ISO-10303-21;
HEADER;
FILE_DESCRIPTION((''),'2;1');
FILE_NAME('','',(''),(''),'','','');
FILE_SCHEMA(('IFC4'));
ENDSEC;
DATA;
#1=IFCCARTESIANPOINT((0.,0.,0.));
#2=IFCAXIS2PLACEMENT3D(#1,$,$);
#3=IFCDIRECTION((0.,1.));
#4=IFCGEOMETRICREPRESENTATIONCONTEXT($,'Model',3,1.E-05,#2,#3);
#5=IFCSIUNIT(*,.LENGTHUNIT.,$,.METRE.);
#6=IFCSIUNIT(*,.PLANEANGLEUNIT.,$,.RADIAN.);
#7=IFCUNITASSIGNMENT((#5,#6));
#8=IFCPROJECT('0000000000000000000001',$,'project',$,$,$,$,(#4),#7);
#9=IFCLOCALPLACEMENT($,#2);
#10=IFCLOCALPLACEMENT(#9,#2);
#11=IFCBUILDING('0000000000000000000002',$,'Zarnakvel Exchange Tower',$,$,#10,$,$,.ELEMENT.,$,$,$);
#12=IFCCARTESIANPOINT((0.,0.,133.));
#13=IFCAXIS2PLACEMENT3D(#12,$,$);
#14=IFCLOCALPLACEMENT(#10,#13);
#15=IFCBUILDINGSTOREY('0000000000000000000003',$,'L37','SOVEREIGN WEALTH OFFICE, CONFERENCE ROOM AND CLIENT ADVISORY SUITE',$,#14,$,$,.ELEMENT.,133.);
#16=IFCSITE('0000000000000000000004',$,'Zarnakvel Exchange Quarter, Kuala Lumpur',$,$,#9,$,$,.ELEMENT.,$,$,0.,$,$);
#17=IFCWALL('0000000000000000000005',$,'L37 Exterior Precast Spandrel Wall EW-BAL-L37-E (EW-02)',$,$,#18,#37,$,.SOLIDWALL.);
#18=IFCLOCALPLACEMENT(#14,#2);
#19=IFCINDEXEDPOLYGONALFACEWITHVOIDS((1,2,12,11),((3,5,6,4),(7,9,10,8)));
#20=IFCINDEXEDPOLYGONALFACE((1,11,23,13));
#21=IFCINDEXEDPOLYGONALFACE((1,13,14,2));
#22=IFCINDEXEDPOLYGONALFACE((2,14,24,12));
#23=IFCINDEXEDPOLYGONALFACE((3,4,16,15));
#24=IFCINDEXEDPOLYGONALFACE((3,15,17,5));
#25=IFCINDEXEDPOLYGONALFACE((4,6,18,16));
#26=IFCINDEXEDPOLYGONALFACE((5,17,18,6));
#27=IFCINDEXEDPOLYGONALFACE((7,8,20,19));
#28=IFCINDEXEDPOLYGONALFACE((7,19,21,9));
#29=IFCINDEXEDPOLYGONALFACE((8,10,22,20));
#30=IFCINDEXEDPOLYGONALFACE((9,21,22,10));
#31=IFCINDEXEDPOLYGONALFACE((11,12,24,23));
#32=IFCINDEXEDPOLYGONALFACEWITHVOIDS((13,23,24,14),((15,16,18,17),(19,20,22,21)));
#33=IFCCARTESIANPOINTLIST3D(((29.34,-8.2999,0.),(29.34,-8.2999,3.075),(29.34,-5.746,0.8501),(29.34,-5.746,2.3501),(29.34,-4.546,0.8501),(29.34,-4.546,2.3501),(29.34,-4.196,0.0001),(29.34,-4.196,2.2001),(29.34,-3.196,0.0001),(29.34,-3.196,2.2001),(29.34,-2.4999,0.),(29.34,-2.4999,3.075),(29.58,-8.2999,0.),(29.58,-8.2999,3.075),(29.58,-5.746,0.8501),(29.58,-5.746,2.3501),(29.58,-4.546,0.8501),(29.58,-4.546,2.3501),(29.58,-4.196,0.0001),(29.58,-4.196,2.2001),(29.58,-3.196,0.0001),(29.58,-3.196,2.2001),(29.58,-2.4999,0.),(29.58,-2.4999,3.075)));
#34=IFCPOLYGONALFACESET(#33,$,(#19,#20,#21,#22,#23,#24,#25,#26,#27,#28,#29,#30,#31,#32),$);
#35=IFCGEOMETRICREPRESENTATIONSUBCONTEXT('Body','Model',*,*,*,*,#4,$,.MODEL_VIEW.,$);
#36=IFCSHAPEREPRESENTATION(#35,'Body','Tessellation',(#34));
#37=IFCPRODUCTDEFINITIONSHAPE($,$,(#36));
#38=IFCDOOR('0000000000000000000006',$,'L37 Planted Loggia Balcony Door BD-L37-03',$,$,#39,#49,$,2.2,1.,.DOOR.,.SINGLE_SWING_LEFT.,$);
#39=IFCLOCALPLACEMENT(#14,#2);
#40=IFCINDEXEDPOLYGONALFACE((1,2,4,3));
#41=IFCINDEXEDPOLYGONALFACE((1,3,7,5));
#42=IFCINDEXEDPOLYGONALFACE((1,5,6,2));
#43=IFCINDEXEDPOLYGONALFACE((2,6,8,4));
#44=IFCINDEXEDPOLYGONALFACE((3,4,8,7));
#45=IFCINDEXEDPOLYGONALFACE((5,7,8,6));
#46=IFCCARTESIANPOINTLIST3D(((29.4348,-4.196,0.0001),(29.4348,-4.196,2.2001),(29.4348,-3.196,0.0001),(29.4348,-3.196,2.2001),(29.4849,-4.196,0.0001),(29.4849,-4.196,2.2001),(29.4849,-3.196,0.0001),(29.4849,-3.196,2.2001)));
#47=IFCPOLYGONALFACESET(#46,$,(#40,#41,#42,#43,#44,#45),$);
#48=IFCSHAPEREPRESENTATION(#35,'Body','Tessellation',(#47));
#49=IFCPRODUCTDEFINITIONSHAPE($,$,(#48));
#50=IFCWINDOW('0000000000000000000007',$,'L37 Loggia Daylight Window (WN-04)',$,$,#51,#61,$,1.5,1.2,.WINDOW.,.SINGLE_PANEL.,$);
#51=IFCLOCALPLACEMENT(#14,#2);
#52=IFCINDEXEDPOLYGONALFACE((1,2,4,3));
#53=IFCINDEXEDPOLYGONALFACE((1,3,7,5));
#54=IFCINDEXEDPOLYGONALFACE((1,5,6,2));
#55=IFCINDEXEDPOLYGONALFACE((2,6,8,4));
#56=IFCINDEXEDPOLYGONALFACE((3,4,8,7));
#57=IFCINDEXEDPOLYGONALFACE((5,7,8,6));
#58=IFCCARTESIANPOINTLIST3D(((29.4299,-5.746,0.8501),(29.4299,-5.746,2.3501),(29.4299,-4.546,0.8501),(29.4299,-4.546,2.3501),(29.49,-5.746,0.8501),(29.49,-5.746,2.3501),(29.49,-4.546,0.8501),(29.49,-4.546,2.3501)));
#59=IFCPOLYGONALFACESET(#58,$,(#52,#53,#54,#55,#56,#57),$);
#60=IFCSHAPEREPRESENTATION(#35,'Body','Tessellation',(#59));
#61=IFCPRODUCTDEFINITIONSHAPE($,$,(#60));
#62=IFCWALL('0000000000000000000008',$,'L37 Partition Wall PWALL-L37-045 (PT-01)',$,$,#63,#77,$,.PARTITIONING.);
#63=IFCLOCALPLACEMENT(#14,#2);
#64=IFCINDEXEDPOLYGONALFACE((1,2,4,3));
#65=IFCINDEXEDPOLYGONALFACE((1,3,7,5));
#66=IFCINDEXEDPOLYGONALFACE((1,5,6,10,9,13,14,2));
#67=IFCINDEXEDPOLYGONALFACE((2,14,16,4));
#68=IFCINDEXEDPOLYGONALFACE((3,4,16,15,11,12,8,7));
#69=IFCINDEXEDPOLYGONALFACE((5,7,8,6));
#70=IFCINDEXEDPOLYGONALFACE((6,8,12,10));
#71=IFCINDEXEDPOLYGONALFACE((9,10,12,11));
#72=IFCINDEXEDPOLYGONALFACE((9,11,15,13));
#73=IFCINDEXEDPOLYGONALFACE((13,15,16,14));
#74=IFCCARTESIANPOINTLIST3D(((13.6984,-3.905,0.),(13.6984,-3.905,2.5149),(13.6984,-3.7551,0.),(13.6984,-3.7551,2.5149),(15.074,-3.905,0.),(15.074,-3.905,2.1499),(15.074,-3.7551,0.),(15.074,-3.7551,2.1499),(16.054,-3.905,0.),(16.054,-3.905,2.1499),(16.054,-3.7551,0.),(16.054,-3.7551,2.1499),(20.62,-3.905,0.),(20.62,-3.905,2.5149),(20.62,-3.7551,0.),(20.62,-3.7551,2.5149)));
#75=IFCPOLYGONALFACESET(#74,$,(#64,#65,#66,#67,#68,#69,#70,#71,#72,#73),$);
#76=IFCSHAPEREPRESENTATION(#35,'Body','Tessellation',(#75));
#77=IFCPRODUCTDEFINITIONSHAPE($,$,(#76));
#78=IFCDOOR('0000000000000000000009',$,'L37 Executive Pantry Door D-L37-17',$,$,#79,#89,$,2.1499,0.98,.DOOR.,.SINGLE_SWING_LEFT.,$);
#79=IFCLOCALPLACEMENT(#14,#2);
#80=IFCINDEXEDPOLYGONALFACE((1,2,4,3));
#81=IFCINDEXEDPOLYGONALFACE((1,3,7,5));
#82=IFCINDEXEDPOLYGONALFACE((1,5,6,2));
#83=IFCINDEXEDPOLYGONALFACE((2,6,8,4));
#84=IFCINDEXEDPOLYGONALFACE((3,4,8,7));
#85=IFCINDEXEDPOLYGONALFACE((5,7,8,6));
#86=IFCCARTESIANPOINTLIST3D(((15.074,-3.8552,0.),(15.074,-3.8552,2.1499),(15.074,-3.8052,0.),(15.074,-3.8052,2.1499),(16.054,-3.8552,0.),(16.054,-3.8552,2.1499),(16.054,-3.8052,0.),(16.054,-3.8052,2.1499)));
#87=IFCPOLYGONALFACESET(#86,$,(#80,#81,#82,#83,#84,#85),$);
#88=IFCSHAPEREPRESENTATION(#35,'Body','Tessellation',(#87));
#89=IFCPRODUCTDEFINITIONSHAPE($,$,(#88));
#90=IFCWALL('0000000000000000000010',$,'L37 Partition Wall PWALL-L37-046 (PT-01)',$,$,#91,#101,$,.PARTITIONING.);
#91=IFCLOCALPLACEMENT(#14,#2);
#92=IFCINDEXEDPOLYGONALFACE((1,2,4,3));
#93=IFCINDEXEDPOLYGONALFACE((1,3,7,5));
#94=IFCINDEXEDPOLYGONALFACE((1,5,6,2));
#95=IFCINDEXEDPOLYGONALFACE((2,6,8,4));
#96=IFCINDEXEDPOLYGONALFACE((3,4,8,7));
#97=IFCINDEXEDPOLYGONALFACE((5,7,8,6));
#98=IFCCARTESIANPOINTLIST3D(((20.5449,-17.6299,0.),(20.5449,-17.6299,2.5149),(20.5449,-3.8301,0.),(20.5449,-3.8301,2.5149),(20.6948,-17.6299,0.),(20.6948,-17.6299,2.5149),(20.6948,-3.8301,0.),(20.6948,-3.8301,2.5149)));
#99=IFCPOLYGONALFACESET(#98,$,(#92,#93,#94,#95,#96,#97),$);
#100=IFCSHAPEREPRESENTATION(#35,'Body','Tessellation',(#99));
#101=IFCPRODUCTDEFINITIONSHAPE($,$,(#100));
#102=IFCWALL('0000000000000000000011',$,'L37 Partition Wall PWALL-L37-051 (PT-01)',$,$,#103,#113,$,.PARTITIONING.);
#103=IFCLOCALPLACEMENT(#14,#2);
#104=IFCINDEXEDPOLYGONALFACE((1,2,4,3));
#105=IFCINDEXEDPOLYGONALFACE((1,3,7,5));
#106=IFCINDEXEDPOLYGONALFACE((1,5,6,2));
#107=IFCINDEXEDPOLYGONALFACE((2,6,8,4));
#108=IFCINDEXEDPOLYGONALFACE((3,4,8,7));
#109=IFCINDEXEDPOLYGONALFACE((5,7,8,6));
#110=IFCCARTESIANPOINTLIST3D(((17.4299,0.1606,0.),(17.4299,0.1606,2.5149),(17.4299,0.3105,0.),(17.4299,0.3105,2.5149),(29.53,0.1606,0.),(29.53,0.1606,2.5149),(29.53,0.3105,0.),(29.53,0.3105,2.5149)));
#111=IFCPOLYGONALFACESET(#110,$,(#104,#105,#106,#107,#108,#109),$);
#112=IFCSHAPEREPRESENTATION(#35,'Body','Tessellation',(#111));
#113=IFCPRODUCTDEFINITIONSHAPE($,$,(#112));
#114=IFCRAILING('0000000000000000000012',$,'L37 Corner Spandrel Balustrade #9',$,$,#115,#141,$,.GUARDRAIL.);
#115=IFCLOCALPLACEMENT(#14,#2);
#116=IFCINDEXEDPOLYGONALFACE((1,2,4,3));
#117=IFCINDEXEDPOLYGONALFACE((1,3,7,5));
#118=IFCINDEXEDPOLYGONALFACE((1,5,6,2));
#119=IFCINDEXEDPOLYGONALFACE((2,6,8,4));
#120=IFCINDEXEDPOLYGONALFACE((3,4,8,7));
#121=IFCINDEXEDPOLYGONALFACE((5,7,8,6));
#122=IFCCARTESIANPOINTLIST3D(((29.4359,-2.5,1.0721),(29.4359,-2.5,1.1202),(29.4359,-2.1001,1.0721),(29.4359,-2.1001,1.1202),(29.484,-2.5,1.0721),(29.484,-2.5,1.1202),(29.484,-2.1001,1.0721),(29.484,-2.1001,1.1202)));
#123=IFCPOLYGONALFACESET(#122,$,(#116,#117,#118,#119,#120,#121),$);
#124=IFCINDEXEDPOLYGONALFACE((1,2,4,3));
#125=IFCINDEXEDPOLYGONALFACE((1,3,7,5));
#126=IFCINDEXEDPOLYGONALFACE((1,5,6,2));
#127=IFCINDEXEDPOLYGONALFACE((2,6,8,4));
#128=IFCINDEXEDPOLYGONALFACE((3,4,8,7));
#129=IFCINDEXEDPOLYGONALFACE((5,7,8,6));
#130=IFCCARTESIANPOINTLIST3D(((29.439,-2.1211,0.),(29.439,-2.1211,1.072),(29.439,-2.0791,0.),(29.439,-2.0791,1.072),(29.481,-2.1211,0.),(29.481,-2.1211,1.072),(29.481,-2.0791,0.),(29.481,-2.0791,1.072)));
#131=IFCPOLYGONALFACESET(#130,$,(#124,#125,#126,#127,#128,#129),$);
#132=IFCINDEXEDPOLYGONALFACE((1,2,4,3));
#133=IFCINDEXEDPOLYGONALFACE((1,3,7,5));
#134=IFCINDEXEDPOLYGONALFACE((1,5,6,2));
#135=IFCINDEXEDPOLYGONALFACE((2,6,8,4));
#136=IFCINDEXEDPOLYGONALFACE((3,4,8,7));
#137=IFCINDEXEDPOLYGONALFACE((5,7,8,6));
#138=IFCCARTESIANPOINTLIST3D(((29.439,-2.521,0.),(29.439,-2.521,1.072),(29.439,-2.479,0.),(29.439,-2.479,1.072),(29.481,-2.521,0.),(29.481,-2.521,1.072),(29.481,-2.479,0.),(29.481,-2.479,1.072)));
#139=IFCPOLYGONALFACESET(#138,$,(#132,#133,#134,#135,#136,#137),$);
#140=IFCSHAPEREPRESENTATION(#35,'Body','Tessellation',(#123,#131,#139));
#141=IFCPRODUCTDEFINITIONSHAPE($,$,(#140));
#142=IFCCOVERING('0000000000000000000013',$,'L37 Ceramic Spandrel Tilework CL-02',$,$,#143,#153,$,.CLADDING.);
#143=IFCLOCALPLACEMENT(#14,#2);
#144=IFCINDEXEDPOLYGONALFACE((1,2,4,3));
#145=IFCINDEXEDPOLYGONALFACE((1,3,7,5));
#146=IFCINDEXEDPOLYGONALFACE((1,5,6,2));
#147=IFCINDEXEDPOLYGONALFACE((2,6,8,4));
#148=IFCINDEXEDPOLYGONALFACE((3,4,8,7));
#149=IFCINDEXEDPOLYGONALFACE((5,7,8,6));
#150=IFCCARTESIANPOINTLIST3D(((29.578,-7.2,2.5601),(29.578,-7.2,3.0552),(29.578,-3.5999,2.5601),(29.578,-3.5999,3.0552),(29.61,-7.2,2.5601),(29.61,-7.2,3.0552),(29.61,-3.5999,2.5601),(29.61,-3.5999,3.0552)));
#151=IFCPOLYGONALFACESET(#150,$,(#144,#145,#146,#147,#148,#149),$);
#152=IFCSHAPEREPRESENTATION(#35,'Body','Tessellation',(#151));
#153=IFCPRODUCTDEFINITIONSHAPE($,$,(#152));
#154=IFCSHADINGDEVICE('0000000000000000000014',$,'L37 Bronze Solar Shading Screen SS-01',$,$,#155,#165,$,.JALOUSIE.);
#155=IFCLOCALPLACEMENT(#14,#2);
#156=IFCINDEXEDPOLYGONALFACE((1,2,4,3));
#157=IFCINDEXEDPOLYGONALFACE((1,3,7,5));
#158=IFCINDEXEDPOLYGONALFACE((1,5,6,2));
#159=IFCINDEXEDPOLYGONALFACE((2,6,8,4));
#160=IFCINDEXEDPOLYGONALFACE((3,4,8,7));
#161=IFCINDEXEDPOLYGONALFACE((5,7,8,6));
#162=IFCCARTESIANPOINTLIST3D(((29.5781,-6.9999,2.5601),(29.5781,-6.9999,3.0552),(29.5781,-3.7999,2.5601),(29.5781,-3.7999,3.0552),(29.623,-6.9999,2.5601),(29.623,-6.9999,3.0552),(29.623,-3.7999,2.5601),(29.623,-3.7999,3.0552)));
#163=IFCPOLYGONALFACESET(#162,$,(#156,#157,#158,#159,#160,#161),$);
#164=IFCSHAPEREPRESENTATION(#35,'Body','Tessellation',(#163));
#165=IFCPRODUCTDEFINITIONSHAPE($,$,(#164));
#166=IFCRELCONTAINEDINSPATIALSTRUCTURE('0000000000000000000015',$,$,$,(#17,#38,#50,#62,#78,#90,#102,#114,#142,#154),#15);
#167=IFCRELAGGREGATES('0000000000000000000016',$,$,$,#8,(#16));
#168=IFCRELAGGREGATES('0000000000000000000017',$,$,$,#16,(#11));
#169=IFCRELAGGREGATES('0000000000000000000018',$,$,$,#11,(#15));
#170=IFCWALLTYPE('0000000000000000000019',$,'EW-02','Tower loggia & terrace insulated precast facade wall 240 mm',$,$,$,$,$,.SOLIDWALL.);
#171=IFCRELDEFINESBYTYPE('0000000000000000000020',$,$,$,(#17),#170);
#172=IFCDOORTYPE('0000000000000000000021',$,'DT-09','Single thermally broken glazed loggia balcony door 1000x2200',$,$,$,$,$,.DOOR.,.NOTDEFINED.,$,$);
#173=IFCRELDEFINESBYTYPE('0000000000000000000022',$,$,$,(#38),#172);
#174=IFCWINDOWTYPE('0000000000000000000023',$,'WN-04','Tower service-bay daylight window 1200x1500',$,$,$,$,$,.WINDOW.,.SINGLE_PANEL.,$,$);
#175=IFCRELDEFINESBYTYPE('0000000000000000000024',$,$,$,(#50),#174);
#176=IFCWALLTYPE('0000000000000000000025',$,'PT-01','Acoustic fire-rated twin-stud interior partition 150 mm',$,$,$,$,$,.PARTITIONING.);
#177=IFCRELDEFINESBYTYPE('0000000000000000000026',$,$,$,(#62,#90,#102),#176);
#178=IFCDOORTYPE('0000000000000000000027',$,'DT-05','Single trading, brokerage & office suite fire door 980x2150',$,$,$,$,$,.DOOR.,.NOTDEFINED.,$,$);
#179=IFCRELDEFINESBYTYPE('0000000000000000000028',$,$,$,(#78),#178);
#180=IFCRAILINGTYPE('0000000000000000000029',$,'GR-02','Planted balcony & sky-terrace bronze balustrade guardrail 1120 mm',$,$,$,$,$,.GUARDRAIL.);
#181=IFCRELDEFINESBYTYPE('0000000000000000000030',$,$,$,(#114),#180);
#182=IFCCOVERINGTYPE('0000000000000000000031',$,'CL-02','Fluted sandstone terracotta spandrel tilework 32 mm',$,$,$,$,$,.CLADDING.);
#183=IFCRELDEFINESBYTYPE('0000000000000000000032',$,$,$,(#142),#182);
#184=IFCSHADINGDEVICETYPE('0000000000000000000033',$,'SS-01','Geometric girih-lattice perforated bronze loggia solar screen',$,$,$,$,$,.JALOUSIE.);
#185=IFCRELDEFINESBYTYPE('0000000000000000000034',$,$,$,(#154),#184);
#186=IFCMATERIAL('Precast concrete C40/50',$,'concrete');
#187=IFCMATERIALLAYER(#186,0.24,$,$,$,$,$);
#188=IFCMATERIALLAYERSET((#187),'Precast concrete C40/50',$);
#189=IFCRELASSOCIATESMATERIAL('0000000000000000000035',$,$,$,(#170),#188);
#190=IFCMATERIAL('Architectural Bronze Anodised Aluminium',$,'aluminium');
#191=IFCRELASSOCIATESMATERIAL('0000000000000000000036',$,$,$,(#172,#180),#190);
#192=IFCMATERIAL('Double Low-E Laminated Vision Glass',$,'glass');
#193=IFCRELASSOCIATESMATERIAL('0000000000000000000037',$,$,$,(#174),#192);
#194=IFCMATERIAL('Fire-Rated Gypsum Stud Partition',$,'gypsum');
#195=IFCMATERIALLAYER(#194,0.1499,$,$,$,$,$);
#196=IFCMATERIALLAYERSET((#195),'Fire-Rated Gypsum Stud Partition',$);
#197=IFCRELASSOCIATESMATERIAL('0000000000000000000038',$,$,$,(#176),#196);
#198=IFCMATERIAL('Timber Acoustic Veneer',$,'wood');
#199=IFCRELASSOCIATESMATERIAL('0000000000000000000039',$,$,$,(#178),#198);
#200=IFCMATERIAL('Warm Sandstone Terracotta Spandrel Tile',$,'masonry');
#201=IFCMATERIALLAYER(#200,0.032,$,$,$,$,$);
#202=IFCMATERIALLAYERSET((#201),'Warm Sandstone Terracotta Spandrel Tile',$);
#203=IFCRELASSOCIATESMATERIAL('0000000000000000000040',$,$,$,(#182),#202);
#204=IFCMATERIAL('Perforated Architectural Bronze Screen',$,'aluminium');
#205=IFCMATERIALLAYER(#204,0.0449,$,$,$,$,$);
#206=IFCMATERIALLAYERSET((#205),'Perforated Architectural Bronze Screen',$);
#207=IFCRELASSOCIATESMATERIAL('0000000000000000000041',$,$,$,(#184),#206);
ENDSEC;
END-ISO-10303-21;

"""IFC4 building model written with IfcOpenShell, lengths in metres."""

from ifc_helpers import new_model, si_unit, direction, frame, frame_2d, origin, origin_2d, place, context, subcontext, project, spatial, rectangle, extrude, source, transform, mapped, material, layer, layer_set, type_object, element, fill, save


model = new_model("IFC4")

# Units and contexts
model_context = context("Model", 3, precision=1e-05, world=origin(), true_north=direction((0.0, 1.0)))
body_context = subcontext(model_context, "Body", "Model", "MODEL_VIEW")
ifc_project = project(units=[si_unit("LENGTHUNIT", "METRE"), si_unit("PLANEANGLEUNIT", "RADIAN")], contexts=[model_context])

# Site, building, storey
site_placement = place(None, origin())
site = spatial("IfcSite", under=ifc_project, at=site_placement, Name="Zarnakvel Exchange Quarter, Kuala Lumpur", CompositionType="ELEMENT", RefElevation=0.0)
building_placement = place(site_placement, origin())
building = spatial("IfcBuilding", under=site, at=building_placement, Name="Zarnakvel Exchange Tower", CompositionType="ELEMENT")
storey_placement = place(building_placement, frame((0.0, 0.0, 133.0)))
storey = spatial("IfcBuildingStorey", under=building, at=storey_placement, Name="L37", Description="SOVEREIGN WEALTH OFFICE, CONFERENCE ROOM AND CLIENT ADVISORY SUITE", CompositionType="ELEMENT", Elevation=133.0)

# Shared definitions
ifc_material_1 = material(Name="Architectural Bronze Anodised Aluminium", Category="aluminium")
ifc_material_2 = material(Name="Double Low-E Laminated Vision Glass", Category="glass")

# Wall, openings, door, window
ifc_material_3 = material(Name="Precast concrete C40/50", Category="concrete")
ifc_layer_1 = layer(ifc_material_3, 0.24)
ifc_layer_set_1 = layer_set([ifc_layer_1], Name="Precast concrete C40/50")
wall_type_1 = type_object("IfcWallType", Name="EW-02", Description="Tower loggia & terrace insulated precast facade wall 240 mm", PredefinedType="SOLIDWALL", material=ifc_layer_set_1)
wall_1_placement = place(storey_placement, frame((29.46, -2.5, 0.0), z_axis=(0.0, 0.0, 1.0), x_axis=(0.0, -1.0, 0.0)))
wall_1 = element("IfcWall", 1, at=wall_1_placement, inside=storey, type_object=wall_type_1, Name="L37 Exterior Precast Spandrel Wall EW-BAL-L37-E (EW-02)", PredefinedType="SOLIDWALL", context=body_context, shape_type="SweptSolid", body=[
    extrude(rectangle(XDim=5.8, YDim=0.24, at=frame_2d((2.8999, 0.0))), origin(), (0.0, 0.0, 1.0), 3.075),
])
opening_1_placement = place(wall_1_placement, frame((0.696, 0.0, 0.0)))
opening_1 = element("IfcOpeningElement", 2, at=opening_1_placement, cuts=wall_1, PredefinedType="OPENING", context=body_context, shape_type="SweptSolid", body=[
    extrude(rectangle(XDim=1.0, YDim=2.2, at=frame_2d((0.5, 1.1001))), frame((0.0, 0.1299, 0.0), z_axis=(0.0, -1.0, 0.0), x_axis=(1.0, 0.0, 0.0)), (0.0, 0.0, 1.0), 0.26),
])
opening_2_placement = place(wall_1_placement, frame((2.0459, 0.0, 0.8501)))
opening_2 = element("IfcOpeningElement", 3, at=opening_2_placement, cuts=wall_1, PredefinedType="OPENING", context=body_context, shape_type="SweptSolid", body=[
    extrude(rectangle(XDim=1.2, YDim=1.5, at=frame_2d((0.6001, 0.75))), frame((0.0, 0.1299, 0.0), z_axis=(0.0, -1.0, 0.0), x_axis=(1.0, 0.0, 0.0)), (0.0, 0.0, 1.0), 0.26),
])
door_type_1 = type_object("IfcDoorType", Name="DT-09", Description="Single thermally broken glazed loggia balcony door 1000x2200", OperationType="NOTDEFINED", PredefinedType="DOOR", material=ifc_material_1)
shared_shape_1 = source(origin(), body_context, "Body", "SweptSolid", [
    extrude(rectangle(XDim=1.0, YDim=2.2, at=frame_2d((0.5, 1.1001))), frame((0.0, 0.0249, 0.0), z_axis=(0.0, -1.0, 0.0), x_axis=(1.0, 0.0, 0.0)), (0.0, 0.0, 1.0), 0.05),
])
door_1_placement = place(opening_1_placement, origin())
door_1 = element("IfcDoor", 4, at=door_1_placement, inside=storey, type_object=door_type_1, Name="L37 Planted Loggia Balcony Door BD-L37-03", OperationType="SINGLE_SWING_LEFT", OverallHeight=2.2, OverallWidth=1.0, PredefinedType="DOOR", context=body_context, shape_type="MappedRepresentation", body=[
    mapped(shared_shape_1, transform((0.0, 0.0, 0.0), x_axis=(1.0, 0.0, 0.0), y_axis=(0.0, 1.0, 0.0), z_axis=(0.0, 0.0, 1.0), scale=1.0)),
])
fill(opening_1, door_1)
window_type = type_object("IfcWindowType", Name="WN-04", Description="Tower service-bay daylight window 1200x1500", PartitioningType="SINGLE_PANEL", PredefinedType="WINDOW", material=ifc_material_2)
shared_shape_2 = source(origin(), body_context, "Body", "SweptSolid", [
    extrude(rectangle(XDim=1.2, YDim=1.5, at=frame_2d((0.6001, 0.75))), frame((0.0, 0.03, 0.0), z_axis=(0.0, -1.0, 0.0), x_axis=(1.0, 0.0, 0.0)), (0.0, 0.0, 1.0), 0.0601),
])
window_placement = place(opening_2_placement, origin())
window = element("IfcWindow", 5, at=window_placement, inside=storey, type_object=window_type, Name="L37 Loggia Daylight Window (WN-04)", OverallHeight=1.5, OverallWidth=1.2, PartitioningType="SINGLE_PANEL", PredefinedType="WINDOW", context=body_context, shape_type="MappedRepresentation", body=[
    mapped(shared_shape_2, transform((0.0, 0.0, 0.0), x_axis=(1.0, 0.0, 0.0), y_axis=(0.0, 1.0, 0.0), z_axis=(0.0, 0.0, 1.0), scale=1.0)),
])
fill(opening_2, window)

# Wall, opening, door
ifc_material_4 = material(Name="Fire-Rated Gypsum Stud Partition", Category="gypsum")
ifc_layer_2 = layer(ifc_material_4, 0.1499)
ifc_layer_set_2 = layer_set([ifc_layer_2], Name="Fire-Rated Gypsum Stud Partition")
wall_type_2 = type_object("IfcWallType", Name="PT-01", Description="Acoustic fire-rated twin-stud interior partition 150 mm", PredefinedType="PARTITIONING", material=ifc_layer_set_2)
wall_2_placement = place(storey_placement, frame((13.6982, -3.8301, 0.0), z_axis=(0.0, 0.0, 1.0), x_axis=(1.0, 0.0, 0.0)))
wall_2 = element("IfcWall", 6, at=wall_2_placement, inside=storey, type_object=wall_type_2, Name="L37 Partition Wall PWALL-L37-045 (PT-01)", PredefinedType="PARTITIONING", context=body_context, shape_type="SweptSolid", body=[
    extrude(rectangle(XDim=6.9216, YDim=0.1499, at=frame_2d((3.4609, 0.0))), origin(), (0.0, 0.0, 1.0), 2.5149),
])
opening_3_placement = place(wall_2_placement, frame((1.3757, 0.0, 0.0)))
opening_3 = element("IfcOpeningElement", 7, at=opening_3_placement, cuts=wall_2, PredefinedType="OPENING", context=body_context, shape_type="SweptSolid", body=[
    extrude(rectangle(XDim=0.98, YDim=2.1499, at=frame_2d((0.49, 1.075))), frame((0.0, 0.085, 0.0), z_axis=(0.0, -1.0, 0.0), x_axis=(1.0, 0.0, 0.0)), (0.0, 0.0, 1.0), 0.1699),
])
ifc_material_5 = material(Name="Timber Acoustic Veneer", Category="wood")
door_type_2 = type_object("IfcDoorType", Name="DT-05", Description="Single trading, brokerage & office suite fire door 980x2150", OperationType="NOTDEFINED", PredefinedType="DOOR", material=ifc_material_5)
shared_shape_3 = source(origin(), body_context, "Body", "SweptSolid", [
    extrude(rectangle(XDim=0.98, YDim=2.1499, at=frame_2d((0.49, 1.075))), frame((0.0, 0.0249, 0.0), z_axis=(0.0, -1.0, 0.0), x_axis=(1.0, 0.0, 0.0)), (0.0, 0.0, 1.0), 0.05),
])
door_2_placement = place(opening_3_placement, origin())
door_2 = element("IfcDoor", 8, at=door_2_placement, inside=storey, type_object=door_type_2, Name="L37 Executive Pantry Door D-L37-17", OperationType="SINGLE_SWING_LEFT", OverallHeight=2.1499, OverallWidth=0.98, PredefinedType="DOOR", context=body_context, shape_type="MappedRepresentation", body=[
    mapped(shared_shape_3, transform((0.0, 0.0, 0.0), x_axis=(1.0, 0.0, 0.0), y_axis=(0.0, 1.0, 0.0), z_axis=(0.0, 0.0, 1.0), scale=1.0)),
])
fill(opening_3, door_2)

# Walls
wall_3_placement = place(storey_placement, frame((20.6199, -3.8301, 0.0), z_axis=(0.0, 0.0, 1.0), x_axis=(0.0, -1.0, 0.0)))
element("IfcWall", 9, at=wall_3_placement, inside=storey, type_object=wall_type_2, Name="L37 Partition Wall PWALL-L37-046 (PT-01)", PredefinedType="PARTITIONING", context=body_context, shape_type="SweptSolid", body=[
    extrude(rectangle(XDim=13.7998, YDim=0.1499, at=frame_2d((6.8999, 0.0))), origin(), (0.0, 0.0, 1.0), 2.5149),
])
wall_4_placement = place(storey_placement, frame((29.53, 0.2356, 0.0), z_axis=(0.0, 0.0, 1.0), x_axis=(-1.0, 0.0, 0.0)))
element("IfcWall", 10, at=wall_4_placement, inside=storey, type_object=wall_type_2, Name="L37 Partition Wall PWALL-L37-051 (PT-01)", PredefinedType="PARTITIONING", context=body_context, shape_type="SweptSolid", body=[
    extrude(rectangle(XDim=12.1001, YDim=0.1499, at=frame_2d((6.05, 0.0))), origin(), (0.0, 0.0, 1.0), 2.5149),
])

# Railing
railing_type = type_object("IfcRailingType", Name="GR-02", Description="Planted balcony & sky-terrace bronze balustrade guardrail 1120 mm", PredefinedType="GUARDRAIL", material=ifc_material_1)
railing_placement = place(storey_placement, frame((29.46, -2.1001, 0.0)))
element("IfcRailing", 11, at=railing_placement, inside=storey, type_object=railing_type, Name="L37 Corner Spandrel Balustrade #9", PredefinedType="GUARDRAIL", context=body_context, shape_type="SweptSolid", body=[
    extrude(rectangle(XDim=0.0481, YDim=0.0481, at=origin_2d()), frame((0.0, 0.0, 1.0962), z_axis=(0.0, -1.0, 0.0), x_axis=(1.0, 0.0, 0.0)), (0.0, 0.0, 1.0), 0.3999),
    extrude(rectangle(XDim=0.042, YDim=0.042, at=origin_2d()), origin(), (0.0, 0.0, 1.0), 1.072),
    extrude(rectangle(XDim=0.042, YDim=0.042, at=origin_2d()), frame((0.0, -0.3999, 0.0)), (0.0, 0.0, 1.0), 1.072),
])

# Covering
ifc_material_6 = material(Name="Warm Sandstone Terracotta Spandrel Tile", Category="masonry")
ifc_layer_3 = layer(ifc_material_6, 0.032)
ifc_layer_set_3 = layer_set([ifc_layer_3], Name="Warm Sandstone Terracotta Spandrel Tile")
covering_type = type_object("IfcCoveringType", Name="CL-02", Description="Fluted sandstone terracotta spandrel tilework 32 mm", PredefinedType="CLADDING", material=ifc_layer_set_3)
shared_shape_4 = source(origin(), body_context, "Body", "SweptSolid", [
    extrude(rectangle(XDim=3.6001, YDim=0.032, at=origin_2d()), origin(), (0.0, 0.0, 1.0), 0.4951),
])
covering_placement = place(storey_placement, frame((29.594, -5.3999, 2.5601), z_axis=(0.0, 0.0, 1.0), x_axis=(0.0, -1.0, 0.0)))
element("IfcCovering", 12, at=covering_placement, inside=storey, type_object=covering_type, Name="L37 Ceramic Spandrel Tilework CL-02", PredefinedType="CLADDING", context=body_context, shape_type="MappedRepresentation", body=[
    mapped(shared_shape_4, transform((0.0, 0.0, 0.0), x_axis=(1.0, 0.0, 0.0), y_axis=(0.0, 1.0, 0.0), z_axis=(0.0, 0.0, 1.0), scale=1.0)),
])

# Shading device
ifc_material_7 = material(Name="Perforated Architectural Bronze Screen", Category="aluminium")
ifc_layer_4 = layer(ifc_material_7, 0.0449)
ifc_layer_set_4 = layer_set([ifc_layer_4], Name="Perforated Architectural Bronze Screen")
shading_device_type = type_object("IfcShadingDeviceType", Name="SS-01", Description="Geometric girih-lattice perforated bronze loggia solar screen", PredefinedType="JALOUSIE", material=ifc_layer_set_4)
shared_shape_5 = source(origin(), body_context, "Body", "SweptSolid", [
    extrude(rectangle(XDim=3.2, YDim=0.0449, at=origin_2d()), origin(), (0.0, 0.0, 1.0), 0.4951),
])
shading_device_placement = place(storey_placement, frame((29.6006, -5.3999, 2.5601), z_axis=(0.0, 0.0, 1.0), x_axis=(0.0, -1.0, 0.0)))
element("IfcShadingDevice", 13, at=shading_device_placement, inside=storey, type_object=shading_device_type, Name="L37 Bronze Solar Shading Screen SS-01", PredefinedType="JALOUSIE", context=body_context, shape_type="MappedRepresentation", body=[
    mapped(shared_shape_5, transform((0.0, 0.0, 0.0), x_axis=(1.0, 0.0, 0.0), y_axis=(0.0, 1.0, 0.0), z_axis=(0.0, 0.0, 1.0), scale=1.0)),
])

save(model, "model.ifc")
